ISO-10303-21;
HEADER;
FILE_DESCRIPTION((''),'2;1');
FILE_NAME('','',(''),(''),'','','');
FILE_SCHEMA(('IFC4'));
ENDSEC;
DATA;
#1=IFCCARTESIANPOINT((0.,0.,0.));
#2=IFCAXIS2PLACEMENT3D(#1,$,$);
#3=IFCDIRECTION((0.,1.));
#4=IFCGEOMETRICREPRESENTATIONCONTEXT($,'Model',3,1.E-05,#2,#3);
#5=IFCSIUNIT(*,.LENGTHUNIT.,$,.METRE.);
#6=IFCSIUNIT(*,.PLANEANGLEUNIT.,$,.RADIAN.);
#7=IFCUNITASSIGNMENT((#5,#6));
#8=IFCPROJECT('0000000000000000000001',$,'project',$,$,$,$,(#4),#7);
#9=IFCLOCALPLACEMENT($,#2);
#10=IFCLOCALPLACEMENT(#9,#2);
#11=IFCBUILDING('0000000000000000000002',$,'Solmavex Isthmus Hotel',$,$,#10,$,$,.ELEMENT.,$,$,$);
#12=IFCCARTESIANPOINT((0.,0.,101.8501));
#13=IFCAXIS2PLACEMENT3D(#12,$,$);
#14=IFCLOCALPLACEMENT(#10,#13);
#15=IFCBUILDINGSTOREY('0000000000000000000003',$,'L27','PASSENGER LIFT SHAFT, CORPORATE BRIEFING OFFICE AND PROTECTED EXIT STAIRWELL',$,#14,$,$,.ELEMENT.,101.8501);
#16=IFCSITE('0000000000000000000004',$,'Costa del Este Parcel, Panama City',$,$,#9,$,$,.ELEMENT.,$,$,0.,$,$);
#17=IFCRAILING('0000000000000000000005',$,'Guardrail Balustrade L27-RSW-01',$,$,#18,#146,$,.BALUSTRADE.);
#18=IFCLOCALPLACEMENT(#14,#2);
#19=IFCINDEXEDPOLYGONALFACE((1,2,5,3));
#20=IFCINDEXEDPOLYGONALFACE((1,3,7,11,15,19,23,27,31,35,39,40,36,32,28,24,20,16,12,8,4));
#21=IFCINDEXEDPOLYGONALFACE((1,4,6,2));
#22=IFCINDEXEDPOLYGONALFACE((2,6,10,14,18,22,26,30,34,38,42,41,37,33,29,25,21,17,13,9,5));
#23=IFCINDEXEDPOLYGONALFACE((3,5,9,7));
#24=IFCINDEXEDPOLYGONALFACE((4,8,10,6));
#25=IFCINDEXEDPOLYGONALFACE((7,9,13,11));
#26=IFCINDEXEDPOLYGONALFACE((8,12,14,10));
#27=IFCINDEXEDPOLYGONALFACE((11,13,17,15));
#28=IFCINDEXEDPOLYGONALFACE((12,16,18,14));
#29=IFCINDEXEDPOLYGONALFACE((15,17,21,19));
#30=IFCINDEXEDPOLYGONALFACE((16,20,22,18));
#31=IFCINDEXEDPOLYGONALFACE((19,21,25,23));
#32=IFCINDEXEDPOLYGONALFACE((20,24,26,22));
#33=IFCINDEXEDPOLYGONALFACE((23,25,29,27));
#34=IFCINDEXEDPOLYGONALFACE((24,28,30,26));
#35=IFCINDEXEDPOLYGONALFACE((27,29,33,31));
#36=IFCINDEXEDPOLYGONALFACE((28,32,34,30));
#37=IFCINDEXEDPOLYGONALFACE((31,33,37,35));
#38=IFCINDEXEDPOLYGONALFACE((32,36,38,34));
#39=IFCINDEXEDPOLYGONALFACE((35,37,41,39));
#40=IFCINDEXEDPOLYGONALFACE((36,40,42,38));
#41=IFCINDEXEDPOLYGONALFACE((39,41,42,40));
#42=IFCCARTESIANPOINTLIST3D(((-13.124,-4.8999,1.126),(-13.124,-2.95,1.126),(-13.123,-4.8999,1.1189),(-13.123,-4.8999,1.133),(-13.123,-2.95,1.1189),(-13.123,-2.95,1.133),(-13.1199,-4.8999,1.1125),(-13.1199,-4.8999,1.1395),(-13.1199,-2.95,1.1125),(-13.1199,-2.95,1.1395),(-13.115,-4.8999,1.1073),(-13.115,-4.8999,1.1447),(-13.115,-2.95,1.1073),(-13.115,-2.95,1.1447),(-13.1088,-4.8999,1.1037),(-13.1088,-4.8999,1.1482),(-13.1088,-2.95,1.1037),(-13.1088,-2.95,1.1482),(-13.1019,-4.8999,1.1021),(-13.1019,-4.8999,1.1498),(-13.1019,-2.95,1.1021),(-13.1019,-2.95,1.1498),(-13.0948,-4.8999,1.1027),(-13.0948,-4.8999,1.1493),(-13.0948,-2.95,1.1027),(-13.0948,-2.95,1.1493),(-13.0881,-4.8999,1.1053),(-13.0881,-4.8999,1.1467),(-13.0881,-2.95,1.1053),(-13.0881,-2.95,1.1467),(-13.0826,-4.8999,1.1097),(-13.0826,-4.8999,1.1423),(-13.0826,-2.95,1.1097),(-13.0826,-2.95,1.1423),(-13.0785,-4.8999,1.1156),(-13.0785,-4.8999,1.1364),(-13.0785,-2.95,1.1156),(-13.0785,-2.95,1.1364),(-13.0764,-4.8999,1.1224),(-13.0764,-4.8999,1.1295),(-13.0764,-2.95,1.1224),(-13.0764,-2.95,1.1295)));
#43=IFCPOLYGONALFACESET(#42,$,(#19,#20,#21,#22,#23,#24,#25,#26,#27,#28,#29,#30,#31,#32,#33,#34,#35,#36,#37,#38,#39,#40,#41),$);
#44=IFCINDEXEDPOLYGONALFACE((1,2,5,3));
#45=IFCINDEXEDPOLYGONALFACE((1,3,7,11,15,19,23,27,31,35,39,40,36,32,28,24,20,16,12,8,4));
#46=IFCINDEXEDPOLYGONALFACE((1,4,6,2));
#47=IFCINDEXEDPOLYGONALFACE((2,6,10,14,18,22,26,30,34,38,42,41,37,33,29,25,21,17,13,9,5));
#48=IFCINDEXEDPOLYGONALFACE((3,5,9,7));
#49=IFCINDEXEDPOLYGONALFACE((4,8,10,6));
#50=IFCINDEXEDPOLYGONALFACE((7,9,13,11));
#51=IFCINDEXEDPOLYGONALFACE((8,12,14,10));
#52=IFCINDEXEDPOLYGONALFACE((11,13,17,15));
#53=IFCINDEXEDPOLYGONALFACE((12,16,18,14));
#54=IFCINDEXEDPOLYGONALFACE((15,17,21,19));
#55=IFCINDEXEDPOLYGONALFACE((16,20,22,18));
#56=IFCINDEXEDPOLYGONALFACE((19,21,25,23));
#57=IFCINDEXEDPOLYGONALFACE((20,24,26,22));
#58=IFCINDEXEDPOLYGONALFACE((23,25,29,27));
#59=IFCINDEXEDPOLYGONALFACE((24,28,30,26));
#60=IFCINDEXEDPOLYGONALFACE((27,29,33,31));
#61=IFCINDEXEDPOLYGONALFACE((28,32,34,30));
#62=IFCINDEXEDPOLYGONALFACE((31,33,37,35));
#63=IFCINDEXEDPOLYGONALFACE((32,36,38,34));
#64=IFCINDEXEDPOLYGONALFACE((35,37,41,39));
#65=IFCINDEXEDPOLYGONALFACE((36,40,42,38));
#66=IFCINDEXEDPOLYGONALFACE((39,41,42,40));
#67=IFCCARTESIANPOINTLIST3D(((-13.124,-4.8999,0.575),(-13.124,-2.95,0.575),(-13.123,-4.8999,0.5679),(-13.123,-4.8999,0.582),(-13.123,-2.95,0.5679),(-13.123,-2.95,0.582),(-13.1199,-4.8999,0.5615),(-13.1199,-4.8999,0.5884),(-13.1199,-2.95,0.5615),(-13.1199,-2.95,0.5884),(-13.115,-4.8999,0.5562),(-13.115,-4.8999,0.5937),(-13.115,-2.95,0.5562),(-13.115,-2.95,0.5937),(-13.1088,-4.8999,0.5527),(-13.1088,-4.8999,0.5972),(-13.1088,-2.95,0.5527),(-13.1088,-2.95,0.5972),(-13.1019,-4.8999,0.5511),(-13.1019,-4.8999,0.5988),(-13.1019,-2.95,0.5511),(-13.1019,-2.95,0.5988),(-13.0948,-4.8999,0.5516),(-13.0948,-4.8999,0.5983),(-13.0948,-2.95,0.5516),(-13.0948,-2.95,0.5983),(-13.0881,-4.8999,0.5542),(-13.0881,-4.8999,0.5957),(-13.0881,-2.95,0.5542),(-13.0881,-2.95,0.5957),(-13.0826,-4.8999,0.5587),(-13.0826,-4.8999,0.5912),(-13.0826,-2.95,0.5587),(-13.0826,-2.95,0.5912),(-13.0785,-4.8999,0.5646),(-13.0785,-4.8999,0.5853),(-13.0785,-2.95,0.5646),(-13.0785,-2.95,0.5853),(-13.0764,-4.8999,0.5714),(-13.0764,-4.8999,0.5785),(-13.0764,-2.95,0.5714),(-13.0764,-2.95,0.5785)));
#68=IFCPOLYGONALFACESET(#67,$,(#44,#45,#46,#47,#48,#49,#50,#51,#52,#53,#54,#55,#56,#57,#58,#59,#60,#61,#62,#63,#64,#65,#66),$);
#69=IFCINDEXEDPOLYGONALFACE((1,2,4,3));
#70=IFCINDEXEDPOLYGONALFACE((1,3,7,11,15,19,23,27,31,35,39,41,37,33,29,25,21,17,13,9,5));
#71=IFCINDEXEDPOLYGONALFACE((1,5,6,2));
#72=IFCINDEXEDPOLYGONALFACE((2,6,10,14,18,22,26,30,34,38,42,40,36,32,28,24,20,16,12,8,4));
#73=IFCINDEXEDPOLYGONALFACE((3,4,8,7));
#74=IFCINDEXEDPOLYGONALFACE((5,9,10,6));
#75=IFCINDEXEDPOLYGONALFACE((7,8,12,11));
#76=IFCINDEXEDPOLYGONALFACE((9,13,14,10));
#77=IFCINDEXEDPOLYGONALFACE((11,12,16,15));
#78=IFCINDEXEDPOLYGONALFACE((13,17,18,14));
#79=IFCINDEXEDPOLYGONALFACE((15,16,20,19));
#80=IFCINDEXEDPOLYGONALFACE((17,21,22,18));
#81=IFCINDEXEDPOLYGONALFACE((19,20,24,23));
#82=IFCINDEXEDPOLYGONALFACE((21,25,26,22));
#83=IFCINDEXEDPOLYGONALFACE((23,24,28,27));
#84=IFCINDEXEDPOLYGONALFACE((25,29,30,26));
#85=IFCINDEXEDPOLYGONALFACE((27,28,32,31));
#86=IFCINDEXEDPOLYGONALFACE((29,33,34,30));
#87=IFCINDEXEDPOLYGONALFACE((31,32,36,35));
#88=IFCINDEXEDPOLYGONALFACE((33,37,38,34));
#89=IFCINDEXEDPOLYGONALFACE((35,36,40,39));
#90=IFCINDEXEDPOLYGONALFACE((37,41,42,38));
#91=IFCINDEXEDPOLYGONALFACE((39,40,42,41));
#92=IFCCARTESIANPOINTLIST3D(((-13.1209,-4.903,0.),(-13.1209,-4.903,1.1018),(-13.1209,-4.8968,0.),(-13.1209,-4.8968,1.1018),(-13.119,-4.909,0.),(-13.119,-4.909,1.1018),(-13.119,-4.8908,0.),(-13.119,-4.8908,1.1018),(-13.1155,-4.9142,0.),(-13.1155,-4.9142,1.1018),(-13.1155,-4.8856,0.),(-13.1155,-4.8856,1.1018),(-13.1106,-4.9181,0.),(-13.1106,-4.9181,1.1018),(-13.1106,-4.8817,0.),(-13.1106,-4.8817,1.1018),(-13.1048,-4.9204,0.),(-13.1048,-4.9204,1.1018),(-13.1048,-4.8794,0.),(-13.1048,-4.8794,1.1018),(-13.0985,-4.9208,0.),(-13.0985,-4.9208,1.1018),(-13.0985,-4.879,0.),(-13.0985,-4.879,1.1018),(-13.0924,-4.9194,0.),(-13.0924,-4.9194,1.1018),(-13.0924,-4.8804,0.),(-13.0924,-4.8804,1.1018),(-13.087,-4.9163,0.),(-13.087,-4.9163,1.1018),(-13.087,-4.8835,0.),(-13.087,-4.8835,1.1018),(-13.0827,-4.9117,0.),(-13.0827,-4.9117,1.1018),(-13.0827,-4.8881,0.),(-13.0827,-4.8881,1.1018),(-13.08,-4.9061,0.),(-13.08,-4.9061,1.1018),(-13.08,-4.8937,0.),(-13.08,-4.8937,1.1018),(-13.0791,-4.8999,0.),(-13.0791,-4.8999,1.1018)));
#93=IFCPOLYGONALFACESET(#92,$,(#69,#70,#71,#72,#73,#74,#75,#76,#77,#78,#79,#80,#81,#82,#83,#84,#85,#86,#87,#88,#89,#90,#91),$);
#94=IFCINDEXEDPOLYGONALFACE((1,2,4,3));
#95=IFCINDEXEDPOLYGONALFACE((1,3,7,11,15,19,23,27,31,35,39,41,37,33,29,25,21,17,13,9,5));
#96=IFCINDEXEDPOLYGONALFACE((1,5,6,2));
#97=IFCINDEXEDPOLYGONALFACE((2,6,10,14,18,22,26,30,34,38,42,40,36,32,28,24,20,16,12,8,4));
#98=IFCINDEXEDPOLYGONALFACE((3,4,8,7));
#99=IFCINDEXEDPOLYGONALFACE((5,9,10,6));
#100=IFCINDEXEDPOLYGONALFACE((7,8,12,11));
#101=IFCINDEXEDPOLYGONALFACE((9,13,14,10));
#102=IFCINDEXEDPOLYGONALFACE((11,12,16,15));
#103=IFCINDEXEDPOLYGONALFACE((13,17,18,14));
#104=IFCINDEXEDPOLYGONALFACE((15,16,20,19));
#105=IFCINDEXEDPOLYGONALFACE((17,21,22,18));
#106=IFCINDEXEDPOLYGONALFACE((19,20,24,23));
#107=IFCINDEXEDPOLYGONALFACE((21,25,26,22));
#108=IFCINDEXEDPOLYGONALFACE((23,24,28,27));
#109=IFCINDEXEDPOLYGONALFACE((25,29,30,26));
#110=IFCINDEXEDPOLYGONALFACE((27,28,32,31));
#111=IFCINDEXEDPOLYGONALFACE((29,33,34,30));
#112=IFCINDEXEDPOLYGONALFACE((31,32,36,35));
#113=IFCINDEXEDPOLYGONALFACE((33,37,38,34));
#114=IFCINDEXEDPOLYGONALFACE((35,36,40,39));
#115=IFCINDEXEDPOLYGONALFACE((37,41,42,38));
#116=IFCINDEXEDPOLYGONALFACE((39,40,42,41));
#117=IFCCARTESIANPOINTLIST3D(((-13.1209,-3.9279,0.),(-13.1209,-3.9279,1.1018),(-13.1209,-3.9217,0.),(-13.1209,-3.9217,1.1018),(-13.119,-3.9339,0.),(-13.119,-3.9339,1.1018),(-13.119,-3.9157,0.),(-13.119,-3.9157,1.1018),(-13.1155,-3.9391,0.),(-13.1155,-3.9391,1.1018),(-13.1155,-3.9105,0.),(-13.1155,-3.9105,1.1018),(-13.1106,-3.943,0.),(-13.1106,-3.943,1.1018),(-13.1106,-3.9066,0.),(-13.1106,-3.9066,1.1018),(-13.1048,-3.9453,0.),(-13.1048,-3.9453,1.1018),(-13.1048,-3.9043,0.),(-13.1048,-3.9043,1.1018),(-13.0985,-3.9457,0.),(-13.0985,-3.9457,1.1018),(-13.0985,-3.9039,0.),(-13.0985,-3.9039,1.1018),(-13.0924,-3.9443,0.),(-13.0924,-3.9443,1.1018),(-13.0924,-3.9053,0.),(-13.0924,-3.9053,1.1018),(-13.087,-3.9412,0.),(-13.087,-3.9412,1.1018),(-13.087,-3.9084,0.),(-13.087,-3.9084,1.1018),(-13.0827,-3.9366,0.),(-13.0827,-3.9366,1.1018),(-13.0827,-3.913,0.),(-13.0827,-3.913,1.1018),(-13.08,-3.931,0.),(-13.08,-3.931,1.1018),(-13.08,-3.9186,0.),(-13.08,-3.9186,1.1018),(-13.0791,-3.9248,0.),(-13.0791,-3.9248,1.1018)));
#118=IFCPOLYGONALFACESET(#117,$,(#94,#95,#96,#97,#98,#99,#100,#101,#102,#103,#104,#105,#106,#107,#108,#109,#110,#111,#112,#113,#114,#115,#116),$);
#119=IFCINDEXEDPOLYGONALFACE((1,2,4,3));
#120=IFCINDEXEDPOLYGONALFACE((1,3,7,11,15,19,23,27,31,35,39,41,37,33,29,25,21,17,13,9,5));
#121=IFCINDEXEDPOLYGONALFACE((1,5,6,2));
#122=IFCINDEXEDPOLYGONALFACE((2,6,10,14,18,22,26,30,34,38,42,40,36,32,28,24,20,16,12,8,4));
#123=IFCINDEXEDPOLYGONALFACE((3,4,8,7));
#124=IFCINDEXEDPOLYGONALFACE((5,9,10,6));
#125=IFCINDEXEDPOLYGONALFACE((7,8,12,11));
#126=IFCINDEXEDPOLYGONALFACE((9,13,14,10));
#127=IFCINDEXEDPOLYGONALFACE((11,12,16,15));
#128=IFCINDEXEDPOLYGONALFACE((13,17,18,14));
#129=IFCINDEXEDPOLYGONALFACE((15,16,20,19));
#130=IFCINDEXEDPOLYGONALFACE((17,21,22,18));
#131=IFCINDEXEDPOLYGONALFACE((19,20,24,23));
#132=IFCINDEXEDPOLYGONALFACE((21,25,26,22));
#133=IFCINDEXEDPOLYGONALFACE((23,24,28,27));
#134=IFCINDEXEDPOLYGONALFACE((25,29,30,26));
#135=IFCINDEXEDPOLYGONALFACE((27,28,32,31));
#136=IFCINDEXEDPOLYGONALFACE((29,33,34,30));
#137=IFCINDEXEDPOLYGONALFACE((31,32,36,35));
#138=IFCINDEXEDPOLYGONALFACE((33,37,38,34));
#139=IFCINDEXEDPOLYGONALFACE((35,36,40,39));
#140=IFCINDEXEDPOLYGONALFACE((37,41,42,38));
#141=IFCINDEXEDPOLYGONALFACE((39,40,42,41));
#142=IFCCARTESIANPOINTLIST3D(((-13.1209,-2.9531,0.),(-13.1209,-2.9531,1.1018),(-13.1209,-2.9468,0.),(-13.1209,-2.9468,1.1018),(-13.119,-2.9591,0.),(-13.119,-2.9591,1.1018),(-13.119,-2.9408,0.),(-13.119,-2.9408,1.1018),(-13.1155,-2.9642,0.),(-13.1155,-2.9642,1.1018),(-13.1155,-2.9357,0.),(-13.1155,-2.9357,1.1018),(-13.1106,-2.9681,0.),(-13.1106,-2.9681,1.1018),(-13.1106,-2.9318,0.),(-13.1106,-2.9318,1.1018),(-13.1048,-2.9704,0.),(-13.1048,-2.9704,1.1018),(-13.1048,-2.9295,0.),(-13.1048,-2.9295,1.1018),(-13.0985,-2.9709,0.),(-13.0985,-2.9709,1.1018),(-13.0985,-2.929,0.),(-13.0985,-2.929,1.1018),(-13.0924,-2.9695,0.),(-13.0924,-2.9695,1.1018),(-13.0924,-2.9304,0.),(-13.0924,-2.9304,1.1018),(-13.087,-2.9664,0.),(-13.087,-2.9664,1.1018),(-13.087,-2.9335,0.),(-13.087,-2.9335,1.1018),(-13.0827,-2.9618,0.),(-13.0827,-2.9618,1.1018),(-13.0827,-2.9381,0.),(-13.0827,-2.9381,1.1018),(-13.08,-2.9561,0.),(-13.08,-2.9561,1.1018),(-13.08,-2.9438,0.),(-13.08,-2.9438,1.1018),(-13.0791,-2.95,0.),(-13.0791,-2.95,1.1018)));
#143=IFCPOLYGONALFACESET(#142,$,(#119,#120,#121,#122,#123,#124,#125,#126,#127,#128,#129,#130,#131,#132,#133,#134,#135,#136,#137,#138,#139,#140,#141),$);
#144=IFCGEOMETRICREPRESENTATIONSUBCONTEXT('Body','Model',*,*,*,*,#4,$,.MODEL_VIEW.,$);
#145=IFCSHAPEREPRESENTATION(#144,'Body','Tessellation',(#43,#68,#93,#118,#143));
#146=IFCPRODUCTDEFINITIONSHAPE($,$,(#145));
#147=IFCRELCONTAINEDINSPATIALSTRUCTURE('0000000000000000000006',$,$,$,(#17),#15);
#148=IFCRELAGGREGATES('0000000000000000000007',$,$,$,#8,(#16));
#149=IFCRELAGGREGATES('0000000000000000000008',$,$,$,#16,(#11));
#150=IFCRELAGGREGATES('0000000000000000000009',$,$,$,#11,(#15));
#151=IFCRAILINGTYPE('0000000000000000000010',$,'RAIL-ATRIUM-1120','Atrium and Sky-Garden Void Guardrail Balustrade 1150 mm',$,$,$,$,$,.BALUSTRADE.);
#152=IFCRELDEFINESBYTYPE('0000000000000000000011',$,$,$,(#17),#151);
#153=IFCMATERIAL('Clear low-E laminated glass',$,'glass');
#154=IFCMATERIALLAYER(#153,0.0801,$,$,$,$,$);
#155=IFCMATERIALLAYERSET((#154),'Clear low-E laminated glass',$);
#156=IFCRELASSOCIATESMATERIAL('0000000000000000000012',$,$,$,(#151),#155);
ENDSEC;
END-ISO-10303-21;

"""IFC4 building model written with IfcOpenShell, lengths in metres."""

from ifc_helpers import new_model, si_unit, direction, frame, origin, origin_2d, place, context, subcontext, project, spatial, circle, extrude, material, layer, layer_set, type_object, element, save


model = new_model("IFC4")

# Units and contexts
model_context = context("Model", 3, precision=1e-05, world=origin(), true_north=direction((0.0, 1.0)))
body_context = subcontext(model_context, "Body", "Model", "MODEL_VIEW")
ifc_project = project(units=[si_unit("LENGTHUNIT", "METRE"), si_unit("PLANEANGLEUNIT", "RADIAN")], contexts=[model_context])

# Site, building, storey
site_placement = place(None, origin())
site = spatial("IfcSite", under=ifc_project, at=site_placement, Name="Costa del Este Parcel, Panama City", CompositionType="ELEMENT", RefElevation=0.0)
building_placement = place(site_placement, origin())
building = spatial("IfcBuilding", under=site, at=building_placement, Name="Solmavex Isthmus Hotel", CompositionType="ELEMENT")
storey_placement = place(building_placement, frame((0.0, 0.0, 101.8501)))
storey = spatial("IfcBuildingStorey", under=building, at=storey_placement, Name="L27", Description="PASSENGER LIFT SHAFT, CORPORATE BRIEFING OFFICE AND PROTECTED EXIT STAIRWELL", CompositionType="ELEMENT", Elevation=101.8501)

# Shared definitions
ifc_material_1 = material(Name="Clear low-E laminated glass", Category="glass")

# Railing
ifc_layer_1 = layer(ifc_material_1, 0.0801)
ifc_layer_set_1 = layer_set([ifc_layer_1], Name="Clear low-E laminated glass")
railing_type_1 = type_object("IfcRailingType", Name="RAIL-ATRIUM-1120", Description="Atrium and Sky-Garden Void Guardrail Balustrade 1150 mm", PredefinedType="BALUSTRADE", material=ifc_layer_set_1)
railing_1_placement = place(storey_placement, frame((-13.1001, -4.8999, 0.0)))
element("IfcRailing", 1, at=railing_1_placement, inside=storey, type_object=railing_type_1, Name="Guardrail Balustrade L27-RSW-01", PredefinedType="BALUSTRADE", context=body_context, shape_type="SweptSolid", body=[
    extrude(circle(Radius=0.0239, at=origin_2d()), frame((0.0, 0.0, 1.126), z_axis=(0.0, 1.0, 0.0), x_axis=(-1.0, 0.0, 0.0)), (0.0, 0.0, 1.0), 1.95),
    extrude(circle(Radius=0.0239, at=origin_2d()), frame((0.0, 0.0, 0.575), z_axis=(0.0, 1.0, 0.0), x_axis=(-1.0, 0.0, 0.0)), (0.0, 0.0, 1.0), 1.95),
    extrude(circle(Radius=0.021, at=origin_2d()), origin(), (0.0, 0.0, 1.0), 1.1018),
    extrude(circle(Radius=0.021, at=origin_2d()), frame((0.0, 0.9751, 0.0)), (0.0, 0.0, 1.0), 1.1018),
    extrude(circle(Radius=0.021, at=origin_2d()), frame((0.0, 1.95, 0.0)), (0.0, 0.0, 1.0), 1.1018),
])

save(model, "model.ifc")
